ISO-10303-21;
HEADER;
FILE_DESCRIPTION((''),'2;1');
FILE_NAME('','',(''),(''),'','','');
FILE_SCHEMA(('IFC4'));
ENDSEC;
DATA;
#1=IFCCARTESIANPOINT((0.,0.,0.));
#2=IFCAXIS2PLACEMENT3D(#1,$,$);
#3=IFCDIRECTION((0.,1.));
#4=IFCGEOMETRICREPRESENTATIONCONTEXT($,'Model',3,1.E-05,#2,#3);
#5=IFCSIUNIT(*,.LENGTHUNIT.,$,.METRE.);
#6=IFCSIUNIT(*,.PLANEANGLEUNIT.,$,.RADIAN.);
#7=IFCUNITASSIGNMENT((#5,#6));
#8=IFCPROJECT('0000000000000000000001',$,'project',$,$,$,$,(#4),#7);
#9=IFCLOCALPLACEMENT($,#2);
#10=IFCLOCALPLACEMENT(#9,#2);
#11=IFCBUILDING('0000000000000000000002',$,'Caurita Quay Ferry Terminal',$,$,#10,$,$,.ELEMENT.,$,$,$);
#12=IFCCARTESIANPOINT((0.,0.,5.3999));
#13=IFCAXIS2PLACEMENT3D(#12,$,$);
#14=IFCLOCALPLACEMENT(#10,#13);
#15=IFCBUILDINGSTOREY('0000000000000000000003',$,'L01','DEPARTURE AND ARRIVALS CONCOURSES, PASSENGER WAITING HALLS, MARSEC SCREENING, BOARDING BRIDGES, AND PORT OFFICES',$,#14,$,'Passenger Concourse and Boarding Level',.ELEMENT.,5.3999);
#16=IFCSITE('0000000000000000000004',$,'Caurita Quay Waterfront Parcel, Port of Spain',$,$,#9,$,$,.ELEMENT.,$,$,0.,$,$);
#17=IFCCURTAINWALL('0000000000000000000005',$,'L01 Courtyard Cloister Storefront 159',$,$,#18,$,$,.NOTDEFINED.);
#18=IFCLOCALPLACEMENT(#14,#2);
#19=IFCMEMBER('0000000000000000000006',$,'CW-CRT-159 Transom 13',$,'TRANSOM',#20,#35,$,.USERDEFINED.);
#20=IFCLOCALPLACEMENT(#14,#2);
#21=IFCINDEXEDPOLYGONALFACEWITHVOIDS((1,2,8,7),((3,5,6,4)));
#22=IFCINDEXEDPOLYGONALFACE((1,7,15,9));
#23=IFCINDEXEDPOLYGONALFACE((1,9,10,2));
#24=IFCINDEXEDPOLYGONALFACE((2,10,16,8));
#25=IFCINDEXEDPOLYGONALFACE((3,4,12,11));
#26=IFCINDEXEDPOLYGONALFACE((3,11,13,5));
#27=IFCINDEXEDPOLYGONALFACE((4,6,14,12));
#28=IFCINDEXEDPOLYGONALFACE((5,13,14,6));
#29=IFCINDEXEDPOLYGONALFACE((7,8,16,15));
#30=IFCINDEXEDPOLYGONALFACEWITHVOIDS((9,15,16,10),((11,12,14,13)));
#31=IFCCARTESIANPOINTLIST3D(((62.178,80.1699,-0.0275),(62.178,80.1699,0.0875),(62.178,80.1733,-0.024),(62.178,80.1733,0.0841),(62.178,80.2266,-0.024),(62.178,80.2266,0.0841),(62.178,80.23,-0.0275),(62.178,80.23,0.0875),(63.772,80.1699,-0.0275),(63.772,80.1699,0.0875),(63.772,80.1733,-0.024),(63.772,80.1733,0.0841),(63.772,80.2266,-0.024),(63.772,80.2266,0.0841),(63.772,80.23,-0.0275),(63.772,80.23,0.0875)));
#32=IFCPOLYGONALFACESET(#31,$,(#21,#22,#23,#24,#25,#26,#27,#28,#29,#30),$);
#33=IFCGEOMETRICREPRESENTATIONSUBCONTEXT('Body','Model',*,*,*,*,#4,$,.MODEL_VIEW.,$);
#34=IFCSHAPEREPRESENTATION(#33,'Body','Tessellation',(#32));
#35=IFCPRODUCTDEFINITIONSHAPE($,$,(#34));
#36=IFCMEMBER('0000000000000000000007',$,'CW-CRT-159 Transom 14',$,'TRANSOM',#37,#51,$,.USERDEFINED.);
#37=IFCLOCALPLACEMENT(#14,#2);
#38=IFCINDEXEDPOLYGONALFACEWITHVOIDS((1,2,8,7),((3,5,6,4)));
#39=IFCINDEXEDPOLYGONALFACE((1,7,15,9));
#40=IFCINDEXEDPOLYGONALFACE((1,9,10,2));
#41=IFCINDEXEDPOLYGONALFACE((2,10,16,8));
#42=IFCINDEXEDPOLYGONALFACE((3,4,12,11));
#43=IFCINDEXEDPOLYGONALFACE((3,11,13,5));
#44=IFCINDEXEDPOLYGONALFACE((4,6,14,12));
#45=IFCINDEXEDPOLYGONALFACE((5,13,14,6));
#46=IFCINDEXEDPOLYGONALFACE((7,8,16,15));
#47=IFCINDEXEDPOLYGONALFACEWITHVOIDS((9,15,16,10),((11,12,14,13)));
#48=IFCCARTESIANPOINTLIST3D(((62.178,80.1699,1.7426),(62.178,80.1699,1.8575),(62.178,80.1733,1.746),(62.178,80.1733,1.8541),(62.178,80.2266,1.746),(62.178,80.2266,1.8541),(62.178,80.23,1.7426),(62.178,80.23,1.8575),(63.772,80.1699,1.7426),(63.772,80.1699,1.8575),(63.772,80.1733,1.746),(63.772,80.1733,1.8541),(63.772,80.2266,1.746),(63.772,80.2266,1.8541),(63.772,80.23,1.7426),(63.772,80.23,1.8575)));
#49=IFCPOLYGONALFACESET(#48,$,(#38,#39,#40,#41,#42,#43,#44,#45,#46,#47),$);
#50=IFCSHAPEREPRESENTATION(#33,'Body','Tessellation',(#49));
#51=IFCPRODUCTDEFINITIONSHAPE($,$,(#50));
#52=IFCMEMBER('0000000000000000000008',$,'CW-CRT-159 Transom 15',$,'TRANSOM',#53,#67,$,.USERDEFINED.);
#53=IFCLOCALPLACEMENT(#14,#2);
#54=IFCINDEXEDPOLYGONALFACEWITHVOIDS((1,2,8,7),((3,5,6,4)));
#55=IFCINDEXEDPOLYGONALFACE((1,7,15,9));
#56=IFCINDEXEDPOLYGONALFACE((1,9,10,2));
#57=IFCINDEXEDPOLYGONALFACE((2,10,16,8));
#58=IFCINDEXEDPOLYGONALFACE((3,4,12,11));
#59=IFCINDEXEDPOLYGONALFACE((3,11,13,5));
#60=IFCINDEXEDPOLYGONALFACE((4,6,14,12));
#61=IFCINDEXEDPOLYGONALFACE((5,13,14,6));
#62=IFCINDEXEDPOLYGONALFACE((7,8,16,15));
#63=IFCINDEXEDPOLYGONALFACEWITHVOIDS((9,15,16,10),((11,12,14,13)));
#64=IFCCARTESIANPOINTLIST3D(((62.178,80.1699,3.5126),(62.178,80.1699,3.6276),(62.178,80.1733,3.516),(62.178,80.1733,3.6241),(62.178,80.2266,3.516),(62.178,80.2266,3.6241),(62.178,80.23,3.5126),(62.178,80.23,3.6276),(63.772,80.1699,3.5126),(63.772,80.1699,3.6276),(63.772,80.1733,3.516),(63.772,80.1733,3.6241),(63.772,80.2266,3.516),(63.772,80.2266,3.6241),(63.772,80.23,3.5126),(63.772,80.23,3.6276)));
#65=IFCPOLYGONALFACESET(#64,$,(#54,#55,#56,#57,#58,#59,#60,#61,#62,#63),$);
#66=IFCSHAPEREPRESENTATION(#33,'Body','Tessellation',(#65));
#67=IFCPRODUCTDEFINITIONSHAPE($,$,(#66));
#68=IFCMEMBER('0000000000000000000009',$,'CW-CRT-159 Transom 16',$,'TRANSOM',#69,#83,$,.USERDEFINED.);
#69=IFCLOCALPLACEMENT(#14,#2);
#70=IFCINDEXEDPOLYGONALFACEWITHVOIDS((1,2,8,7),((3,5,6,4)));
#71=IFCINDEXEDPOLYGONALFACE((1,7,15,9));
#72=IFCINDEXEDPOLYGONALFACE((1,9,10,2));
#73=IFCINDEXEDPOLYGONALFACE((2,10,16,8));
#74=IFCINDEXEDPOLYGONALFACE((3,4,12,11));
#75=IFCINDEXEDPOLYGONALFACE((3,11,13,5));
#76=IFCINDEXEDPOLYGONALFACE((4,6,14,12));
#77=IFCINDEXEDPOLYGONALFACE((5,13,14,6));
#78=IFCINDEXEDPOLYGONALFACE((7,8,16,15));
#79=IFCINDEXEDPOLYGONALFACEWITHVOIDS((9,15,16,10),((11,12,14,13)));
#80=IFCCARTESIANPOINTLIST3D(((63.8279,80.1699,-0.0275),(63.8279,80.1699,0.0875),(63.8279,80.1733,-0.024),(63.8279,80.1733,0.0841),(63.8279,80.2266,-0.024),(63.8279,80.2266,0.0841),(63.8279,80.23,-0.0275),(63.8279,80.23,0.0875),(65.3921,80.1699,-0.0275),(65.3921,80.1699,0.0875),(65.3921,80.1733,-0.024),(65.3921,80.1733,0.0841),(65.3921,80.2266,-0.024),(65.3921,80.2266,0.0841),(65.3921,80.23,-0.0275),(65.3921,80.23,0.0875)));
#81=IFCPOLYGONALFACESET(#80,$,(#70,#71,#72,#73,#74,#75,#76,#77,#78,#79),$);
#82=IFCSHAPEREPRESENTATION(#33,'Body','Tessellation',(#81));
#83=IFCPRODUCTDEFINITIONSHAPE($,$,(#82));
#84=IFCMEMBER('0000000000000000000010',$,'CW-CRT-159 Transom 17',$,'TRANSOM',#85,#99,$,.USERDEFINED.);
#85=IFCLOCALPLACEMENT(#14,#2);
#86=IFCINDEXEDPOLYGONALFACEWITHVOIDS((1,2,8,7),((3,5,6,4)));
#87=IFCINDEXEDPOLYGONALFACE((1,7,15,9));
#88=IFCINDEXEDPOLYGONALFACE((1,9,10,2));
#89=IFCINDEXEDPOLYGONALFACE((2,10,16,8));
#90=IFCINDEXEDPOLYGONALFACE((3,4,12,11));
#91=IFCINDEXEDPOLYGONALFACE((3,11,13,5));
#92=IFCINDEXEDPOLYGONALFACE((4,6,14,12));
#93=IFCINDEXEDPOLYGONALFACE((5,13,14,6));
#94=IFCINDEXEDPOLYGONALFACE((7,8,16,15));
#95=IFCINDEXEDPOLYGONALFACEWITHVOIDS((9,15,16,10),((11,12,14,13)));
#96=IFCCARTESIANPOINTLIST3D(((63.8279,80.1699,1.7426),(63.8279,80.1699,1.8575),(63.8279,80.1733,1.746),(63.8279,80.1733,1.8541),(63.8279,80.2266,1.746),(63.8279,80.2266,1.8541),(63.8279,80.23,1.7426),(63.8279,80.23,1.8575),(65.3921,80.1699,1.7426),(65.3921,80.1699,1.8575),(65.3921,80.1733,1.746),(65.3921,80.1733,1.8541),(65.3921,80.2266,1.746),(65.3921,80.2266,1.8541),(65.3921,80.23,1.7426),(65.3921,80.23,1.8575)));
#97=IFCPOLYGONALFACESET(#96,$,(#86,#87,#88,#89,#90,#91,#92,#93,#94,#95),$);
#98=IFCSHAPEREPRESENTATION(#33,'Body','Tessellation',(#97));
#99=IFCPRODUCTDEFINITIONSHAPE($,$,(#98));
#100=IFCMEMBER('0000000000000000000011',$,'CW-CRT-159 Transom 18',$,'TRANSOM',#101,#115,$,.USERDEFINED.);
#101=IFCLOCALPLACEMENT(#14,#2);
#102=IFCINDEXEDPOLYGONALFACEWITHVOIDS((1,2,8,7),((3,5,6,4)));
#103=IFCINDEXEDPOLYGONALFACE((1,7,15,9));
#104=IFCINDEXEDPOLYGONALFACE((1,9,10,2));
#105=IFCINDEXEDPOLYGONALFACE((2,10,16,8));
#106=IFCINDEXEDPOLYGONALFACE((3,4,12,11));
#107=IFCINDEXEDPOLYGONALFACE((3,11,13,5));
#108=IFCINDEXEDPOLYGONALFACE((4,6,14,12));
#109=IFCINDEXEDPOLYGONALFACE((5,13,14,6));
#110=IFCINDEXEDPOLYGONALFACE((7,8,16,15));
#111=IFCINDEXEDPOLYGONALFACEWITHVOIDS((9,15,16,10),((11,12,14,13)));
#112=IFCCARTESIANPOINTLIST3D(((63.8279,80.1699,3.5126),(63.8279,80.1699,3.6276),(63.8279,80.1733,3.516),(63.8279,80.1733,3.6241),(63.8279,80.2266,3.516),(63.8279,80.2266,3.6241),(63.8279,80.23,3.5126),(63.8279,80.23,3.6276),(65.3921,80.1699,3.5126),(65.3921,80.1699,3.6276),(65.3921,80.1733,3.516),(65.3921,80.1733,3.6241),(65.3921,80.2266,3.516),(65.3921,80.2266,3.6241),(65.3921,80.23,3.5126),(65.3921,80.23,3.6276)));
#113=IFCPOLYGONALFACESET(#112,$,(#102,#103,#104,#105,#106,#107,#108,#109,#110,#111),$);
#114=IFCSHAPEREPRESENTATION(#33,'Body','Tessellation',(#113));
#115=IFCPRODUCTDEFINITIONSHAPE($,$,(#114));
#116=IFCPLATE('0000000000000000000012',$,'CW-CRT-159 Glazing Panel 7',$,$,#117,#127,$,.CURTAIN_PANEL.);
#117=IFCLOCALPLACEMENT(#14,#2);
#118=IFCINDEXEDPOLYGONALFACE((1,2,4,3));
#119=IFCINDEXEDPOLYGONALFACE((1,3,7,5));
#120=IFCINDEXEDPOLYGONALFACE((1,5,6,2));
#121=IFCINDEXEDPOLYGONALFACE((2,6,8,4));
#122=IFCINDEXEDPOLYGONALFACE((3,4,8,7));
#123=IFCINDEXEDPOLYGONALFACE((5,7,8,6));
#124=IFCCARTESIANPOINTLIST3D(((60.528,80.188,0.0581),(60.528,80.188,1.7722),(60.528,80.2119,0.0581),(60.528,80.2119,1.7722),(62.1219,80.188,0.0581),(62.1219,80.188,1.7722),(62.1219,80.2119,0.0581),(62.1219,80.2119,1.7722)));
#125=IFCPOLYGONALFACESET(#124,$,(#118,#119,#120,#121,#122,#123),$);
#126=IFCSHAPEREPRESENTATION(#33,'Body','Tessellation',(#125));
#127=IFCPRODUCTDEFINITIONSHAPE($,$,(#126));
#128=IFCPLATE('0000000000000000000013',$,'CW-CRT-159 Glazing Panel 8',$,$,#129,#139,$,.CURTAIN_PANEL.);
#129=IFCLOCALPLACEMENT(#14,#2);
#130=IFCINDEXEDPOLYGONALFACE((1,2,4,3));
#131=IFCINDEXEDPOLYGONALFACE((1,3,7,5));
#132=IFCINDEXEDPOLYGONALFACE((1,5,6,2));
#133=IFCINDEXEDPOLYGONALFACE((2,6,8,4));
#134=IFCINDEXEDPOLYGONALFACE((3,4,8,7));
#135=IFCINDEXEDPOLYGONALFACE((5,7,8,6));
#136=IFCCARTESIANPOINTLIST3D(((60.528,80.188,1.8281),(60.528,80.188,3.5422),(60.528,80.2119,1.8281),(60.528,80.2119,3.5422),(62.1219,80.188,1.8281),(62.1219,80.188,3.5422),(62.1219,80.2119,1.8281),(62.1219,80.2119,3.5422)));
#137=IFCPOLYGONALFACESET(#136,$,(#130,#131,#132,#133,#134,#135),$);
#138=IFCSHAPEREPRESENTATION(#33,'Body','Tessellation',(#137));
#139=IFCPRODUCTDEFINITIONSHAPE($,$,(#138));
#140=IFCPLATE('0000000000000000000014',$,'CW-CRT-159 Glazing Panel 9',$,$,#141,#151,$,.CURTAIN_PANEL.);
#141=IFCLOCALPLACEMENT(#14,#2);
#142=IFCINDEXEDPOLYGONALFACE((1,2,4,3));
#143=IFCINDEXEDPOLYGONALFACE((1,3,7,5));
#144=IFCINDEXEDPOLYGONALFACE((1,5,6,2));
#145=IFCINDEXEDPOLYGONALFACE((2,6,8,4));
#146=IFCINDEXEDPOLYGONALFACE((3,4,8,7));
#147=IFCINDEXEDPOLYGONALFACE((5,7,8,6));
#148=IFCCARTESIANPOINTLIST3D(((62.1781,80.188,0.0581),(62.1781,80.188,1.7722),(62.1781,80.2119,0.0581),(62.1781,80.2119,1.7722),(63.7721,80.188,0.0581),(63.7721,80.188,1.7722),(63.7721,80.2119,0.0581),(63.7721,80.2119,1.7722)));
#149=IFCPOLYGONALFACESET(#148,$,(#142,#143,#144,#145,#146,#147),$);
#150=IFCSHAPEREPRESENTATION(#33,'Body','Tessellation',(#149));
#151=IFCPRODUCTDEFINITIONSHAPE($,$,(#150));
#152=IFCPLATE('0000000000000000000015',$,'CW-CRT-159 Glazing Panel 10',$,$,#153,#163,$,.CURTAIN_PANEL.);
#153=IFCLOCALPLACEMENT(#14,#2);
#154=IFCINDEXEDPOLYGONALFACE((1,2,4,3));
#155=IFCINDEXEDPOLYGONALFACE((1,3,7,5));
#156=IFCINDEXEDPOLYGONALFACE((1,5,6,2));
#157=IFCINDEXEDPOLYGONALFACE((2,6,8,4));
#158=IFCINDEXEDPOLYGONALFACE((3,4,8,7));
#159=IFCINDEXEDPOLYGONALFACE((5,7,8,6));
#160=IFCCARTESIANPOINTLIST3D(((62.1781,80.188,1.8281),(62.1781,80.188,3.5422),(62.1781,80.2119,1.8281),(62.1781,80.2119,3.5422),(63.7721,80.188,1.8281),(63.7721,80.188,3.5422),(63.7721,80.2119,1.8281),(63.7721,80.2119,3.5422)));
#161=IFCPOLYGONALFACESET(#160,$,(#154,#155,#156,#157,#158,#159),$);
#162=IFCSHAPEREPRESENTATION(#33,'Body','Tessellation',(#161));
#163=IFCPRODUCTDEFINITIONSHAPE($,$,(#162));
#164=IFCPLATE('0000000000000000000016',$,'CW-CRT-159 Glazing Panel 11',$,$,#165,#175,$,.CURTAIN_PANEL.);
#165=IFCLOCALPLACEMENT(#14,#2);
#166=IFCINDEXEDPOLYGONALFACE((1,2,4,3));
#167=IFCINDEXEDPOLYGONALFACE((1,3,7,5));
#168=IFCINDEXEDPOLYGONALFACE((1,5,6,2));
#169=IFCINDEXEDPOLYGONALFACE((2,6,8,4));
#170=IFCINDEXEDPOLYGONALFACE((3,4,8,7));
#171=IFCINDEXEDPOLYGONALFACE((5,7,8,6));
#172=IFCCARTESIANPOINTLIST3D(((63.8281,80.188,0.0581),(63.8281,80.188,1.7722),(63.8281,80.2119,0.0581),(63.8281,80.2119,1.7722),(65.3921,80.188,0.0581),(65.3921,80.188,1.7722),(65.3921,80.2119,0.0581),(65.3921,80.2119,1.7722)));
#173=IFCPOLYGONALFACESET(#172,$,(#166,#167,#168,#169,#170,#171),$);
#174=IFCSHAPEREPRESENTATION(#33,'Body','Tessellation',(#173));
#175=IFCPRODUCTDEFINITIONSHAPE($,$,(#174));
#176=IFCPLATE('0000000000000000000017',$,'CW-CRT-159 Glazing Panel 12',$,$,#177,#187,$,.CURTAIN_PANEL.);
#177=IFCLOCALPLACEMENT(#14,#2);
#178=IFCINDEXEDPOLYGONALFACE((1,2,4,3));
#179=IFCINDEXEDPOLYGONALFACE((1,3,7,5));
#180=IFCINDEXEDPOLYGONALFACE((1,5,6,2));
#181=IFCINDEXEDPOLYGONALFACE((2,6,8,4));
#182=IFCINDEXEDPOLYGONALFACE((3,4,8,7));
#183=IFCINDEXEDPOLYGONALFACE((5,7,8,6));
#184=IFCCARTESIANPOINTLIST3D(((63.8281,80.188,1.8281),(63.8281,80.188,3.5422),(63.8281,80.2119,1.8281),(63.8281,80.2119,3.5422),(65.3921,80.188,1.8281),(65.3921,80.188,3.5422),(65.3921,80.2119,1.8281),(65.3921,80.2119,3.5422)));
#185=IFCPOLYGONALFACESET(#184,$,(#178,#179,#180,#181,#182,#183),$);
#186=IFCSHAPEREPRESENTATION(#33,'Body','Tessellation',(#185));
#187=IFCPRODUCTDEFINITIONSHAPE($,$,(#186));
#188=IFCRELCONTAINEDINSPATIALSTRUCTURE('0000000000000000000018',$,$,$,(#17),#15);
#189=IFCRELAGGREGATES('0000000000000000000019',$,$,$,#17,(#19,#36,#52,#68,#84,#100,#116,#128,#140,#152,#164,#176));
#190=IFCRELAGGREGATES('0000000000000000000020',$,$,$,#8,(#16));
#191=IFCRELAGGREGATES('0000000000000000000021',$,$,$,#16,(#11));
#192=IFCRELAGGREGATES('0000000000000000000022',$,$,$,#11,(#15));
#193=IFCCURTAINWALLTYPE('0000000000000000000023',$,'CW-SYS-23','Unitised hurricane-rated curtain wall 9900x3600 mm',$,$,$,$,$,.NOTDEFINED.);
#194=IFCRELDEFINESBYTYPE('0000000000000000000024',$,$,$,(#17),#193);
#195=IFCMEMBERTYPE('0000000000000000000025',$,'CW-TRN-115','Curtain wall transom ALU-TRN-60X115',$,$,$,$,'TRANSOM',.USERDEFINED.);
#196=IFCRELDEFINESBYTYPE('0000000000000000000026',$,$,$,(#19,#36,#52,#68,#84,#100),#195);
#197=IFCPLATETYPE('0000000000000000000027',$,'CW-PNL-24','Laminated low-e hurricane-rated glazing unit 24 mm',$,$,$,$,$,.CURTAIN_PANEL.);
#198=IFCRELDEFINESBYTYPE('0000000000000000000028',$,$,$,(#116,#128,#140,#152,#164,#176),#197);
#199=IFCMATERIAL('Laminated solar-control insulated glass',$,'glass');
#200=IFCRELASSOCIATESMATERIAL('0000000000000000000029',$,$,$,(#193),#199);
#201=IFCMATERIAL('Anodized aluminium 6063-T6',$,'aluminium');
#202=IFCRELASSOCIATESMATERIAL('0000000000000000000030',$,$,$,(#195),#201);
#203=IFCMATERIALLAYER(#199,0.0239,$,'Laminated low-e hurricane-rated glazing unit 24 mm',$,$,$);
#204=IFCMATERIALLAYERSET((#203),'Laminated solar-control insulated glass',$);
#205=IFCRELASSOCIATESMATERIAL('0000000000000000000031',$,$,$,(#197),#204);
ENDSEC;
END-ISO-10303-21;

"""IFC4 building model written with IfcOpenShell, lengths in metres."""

from ifc_helpers import new_model, si_unit, direction, frame, origin, origin_2d, place, context, subcontext, project, spatial, rectangle, hollow_rectangle, extrude, material, layer, layer_set, material_profile, profile_set, type_object, element, aggregate, save


model = new_model("IFC4")

# Units and contexts
model_context = context("Model", 3, precision=1e-05, world=origin(), true_north=direction((0.0, 1.0)))
body_context = subcontext(model_context, "Body", "Model", "MODEL_VIEW")
ifc_project = project(units=[si_unit("LENGTHUNIT", "METRE"), si_unit("PLANEANGLEUNIT", "RADIAN")], contexts=[model_context])

# Site, building, storey
site_placement = place(None, origin())
site = spatial("IfcSite", under=ifc_project, at=site_placement, Name="Caurita Quay Waterfront Parcel, Port of Spain", CompositionType="ELEMENT", RefElevation=0.0)
building_placement = place(site_placement, origin())
building = spatial("IfcBuilding", under=site, at=building_placement, Name="Caurita Quay Ferry Terminal", CompositionType="ELEMENT")
storey_placement = place(building_placement, frame((0.0, 0.0, 5.3999)))
storey = spatial("IfcBuildingStorey", under=building, at=storey_placement, Name="L01", Description="DEPARTURE AND ARRIVALS CONCOURSES, PASSENGER WAITING HALLS, MARSEC SCREENING, BOARDING BRIDGES, AND PORT OFFICES", LongName="Passenger Concourse and Boarding Level", CompositionType="ELEMENT", Elevation=5.3999)

# Curtain wall, members, plates
ifc_material_1 = material(Name="Laminated solar-control insulated glass", Category="glass")
curtain_wall_type = type_object("IfcCurtainWallType", Name="CW-SYS-23", Description="Unitised hurricane-rated curtain wall 9900x3600 mm", PredefinedType="NOTDEFINED", material=ifc_material_1)
curtain_wall_placement = place(storey_placement, origin())
curtain_wall = element("IfcCurtainWall", 1, at=curtain_wall_placement, inside=storey, type_object=curtain_wall_type, Name="L01 Courtyard Cloister Storefront 159", PredefinedType="NOTDEFINED")
ifc_material_2 = material(Name="Anodized aluminium 6063-T6", Category="aluminium")
ifc_material_profile_1 = material_profile(ifc_material_2, hollow_rectangle(XDim=0.0601, YDim=0.115, WallThickness=0.0034, at=origin_2d()), Name="ALU-TRN-60X115")
ifc_profile_set_1 = profile_set([ifc_material_profile_1], Name="Anodized aluminium 6063-T6")
member_type_1 = type_object("IfcMemberType", Name="CW-TRN-115", Description="Curtain wall transom ALU-TRN-60X115", ElementType="TRANSOM", PredefinedType="USERDEFINED", material=ifc_profile_set_1)
member_1_placement = place(storey_placement, frame((62.178, 80.2, 0.03), z_axis=(1.0, 0.0, 0.0), x_axis=(0.0, 1.0, 0.0)))
member_1 = element("IfcMember", 2, at=member_1_placement, type_object=member_type_1, Name="CW-CRT-159 Transom 13", ObjectType="TRANSOM", PredefinedType="USERDEFINED", context=body_context, shape_type="SweptSolid", body=[
    extrude(hollow_rectangle(XDim=0.0601, YDim=0.115, WallThickness=0.0034, at=origin_2d()), origin(), (0.0, 0.0, 1.0), 1.594),
])
member_2_placement = place(storey_placement, frame((62.178, 80.2, 1.8), z_axis=(1.0, 0.0, 0.0), x_axis=(0.0, 1.0, 0.0)))
member_2 = element("IfcMember", 3, at=member_2_placement, type_object=member_type_1, Name="CW-CRT-159 Transom 14", ObjectType="TRANSOM", PredefinedType="USERDEFINED", context=body_context, shape_type="SweptSolid", body=[
    extrude(hollow_rectangle(XDim=0.0601, YDim=0.115, WallThickness=0.0034, at=origin_2d()), origin(), (0.0, 0.0, 1.0), 1.594),
])
member_3_placement = place(storey_placement, frame((62.178, 80.2, 3.5701), z_axis=(1.0, 0.0, 0.0), x_axis=(0.0, 1.0, 0.0)))
member_3 = element("IfcMember", 4, at=member_3_placement, type_object=member_type_1, Name="CW-CRT-159 Transom 15", ObjectType="TRANSOM", PredefinedType="USERDEFINED", context=body_context, shape_type="SweptSolid", body=[
    extrude(hollow_rectangle(XDim=0.0601, YDim=0.115, WallThickness=0.0034, at=origin_2d()), origin(), (0.0, 0.0, 1.0), 1.594),
])
member_4_placement = place(storey_placement, frame((63.8279, 80.2, 0.03), z_axis=(1.0, 0.0, 0.0), x_axis=(0.0, 1.0, 0.0)))
member_4 = element("IfcMember", 5, at=member_4_placement, type_object=member_type_1, Name="CW-CRT-159 Transom 16", ObjectType="TRANSOM", PredefinedType="USERDEFINED", context=body_context, shape_type="SweptSolid", body=[
    extrude(hollow_rectangle(XDim=0.0601, YDim=0.115, WallThickness=0.0034, at=origin_2d()), origin(), (0.0, 0.0, 1.0), 1.5642),
])
member_5_placement = place(storey_placement, frame((63.8279, 80.2, 1.8), z_axis=(1.0, 0.0, 0.0), x_axis=(0.0, 1.0, 0.0)))
member_5 = element("IfcMember", 6, at=member_5_placement, type_object=member_type_1, Name="CW-CRT-159 Transom 17", ObjectType="TRANSOM", PredefinedType="USERDEFINED", context=body_context, shape_type="SweptSolid", body=[
    extrude(hollow_rectangle(XDim=0.0601, YDim=0.115, WallThickness=0.0034, at=origin_2d()), origin(), (0.0, 0.0, 1.0), 1.5642),
])
member_6_placement = place(storey_placement, frame((63.8279, 80.2, 3.5701), z_axis=(1.0, 0.0, 0.0), x_axis=(0.0, 1.0, 0.0)))
member_6 = element("IfcMember", 7, at=member_6_placement, type_object=member_type_1, Name="CW-CRT-159 Transom 18", ObjectType="TRANSOM", PredefinedType="USERDEFINED", context=body_context, shape_type="SweptSolid", body=[
    extrude(hollow_rectangle(XDim=0.0601, YDim=0.115, WallThickness=0.0034, at=origin_2d()), origin(), (0.0, 0.0, 1.0), 1.5642),
])
ifc_layer_1 = layer(ifc_material_1, 0.0239, Name="Laminated low-e hurricane-rated glazing unit 24 mm")
ifc_layer_set_1 = layer_set([ifc_layer_1], Name="Laminated solar-control insulated glass")
plate_type = type_object("IfcPlateType", Name="CW-PNL-24", Description="Laminated low-e hurricane-rated glazing unit 24 mm", PredefinedType="CURTAIN_PANEL", material=ifc_layer_set_1)
plate_1_placement = place(storey_placement, frame((61.325, 80.2, 0.0581), z_axis=(0.0, 0.0, 1.0), x_axis=(1.0, 0.0, 0.0)))
plate_1 = element("IfcPlate", 8, at=plate_1_placement, type_object=plate_type, Name="CW-CRT-159 Glazing Panel 7", PredefinedType="CURTAIN_PANEL", context=body_context, shape_type="SweptSolid", body=[
    extrude(rectangle(XDim=1.594, YDim=0.0239, at=origin_2d()), origin(), (0.0, 0.0, 1.0), 1.7141),
])
plate_2_placement = place(storey_placement, frame((61.325, 80.2, 1.8281), z_axis=(0.0, 0.0, 1.0), x_axis=(1.0, 0.0, 0.0)))
plate_2 = element("IfcPlate", 9, at=plate_2_placement, type_object=plate_type, Name="CW-CRT-159 Glazing Panel 8", PredefinedType="CURTAIN_PANEL", context=body_context, shape_type="SweptSolid", body=[
    extrude(rectangle(XDim=1.594, YDim=0.0239, at=origin_2d()), origin(), (0.0, 0.0, 1.0), 1.7141),
])
plate_3_placement = place(storey_placement, frame((62.9751, 80.2, 0.0581), z_axis=(0.0, 0.0, 1.0), x_axis=(1.0, 0.0, 0.0)))
plate_3 = element("IfcPlate", 10, at=plate_3_placement, type_object=plate_type, Name="CW-CRT-159 Glazing Panel 9", PredefinedType="CURTAIN_PANEL", context=body_context, shape_type="SweptSolid", body=[
    extrude(rectangle(XDim=1.594, YDim=0.0239, at=origin_2d()), origin(), (0.0, 0.0, 1.0), 1.7141),
])
plate_4_placement = place(storey_placement, frame((62.9751, 80.2, 1.8281), z_axis=(0.0, 0.0, 1.0), x_axis=(1.0, 0.0, 0.0)))
plate_4 = element("IfcPlate", 11, at=plate_4_placement, type_object=plate_type, Name="CW-CRT-159 Glazing Panel 10", PredefinedType="CURTAIN_PANEL", context=body_context, shape_type="SweptSolid", body=[
    extrude(rectangle(XDim=1.594, YDim=0.0239, at=origin_2d()), origin(), (0.0, 0.0, 1.0), 1.7141),
])
plate_5_placement = place(storey_placement, frame((64.6101, 80.2, 0.0581), z_axis=(0.0, 0.0, 1.0), x_axis=(1.0, 0.0, 0.0)))
plate_5 = element("IfcPlate", 12, at=plate_5_placement, type_object=plate_type, Name="CW-CRT-159 Glazing Panel 11", PredefinedType="CURTAIN_PANEL", context=body_context, shape_type="SweptSolid", body=[
    extrude(rectangle(XDim=1.564, YDim=0.0239, at=origin_2d()), origin(), (0.0, 0.0, 1.0), 1.7141),
])
plate_6_placement = place(storey_placement, frame((64.6101, 80.2, 1.8281), z_axis=(0.0, 0.0, 1.0), x_axis=(1.0, 0.0, 0.0)))
plate_6 = element("IfcPlate", 13, at=plate_6_placement, type_object=plate_type, Name="CW-CRT-159 Glazing Panel 12", PredefinedType="CURTAIN_PANEL", context=body_context, shape_type="SweptSolid", body=[
    extrude(rectangle(XDim=1.564, YDim=0.0239, at=origin_2d()), origin(), (0.0, 0.0, 1.0), 1.7141),
])
aggregate(curtain_wall, [member_1, member_2, member_3, member_4, member_5, member_6, plate_1, plate_2, plate_3, plate_4, plate_5, plate_6])

save(model, "model.ifc")
